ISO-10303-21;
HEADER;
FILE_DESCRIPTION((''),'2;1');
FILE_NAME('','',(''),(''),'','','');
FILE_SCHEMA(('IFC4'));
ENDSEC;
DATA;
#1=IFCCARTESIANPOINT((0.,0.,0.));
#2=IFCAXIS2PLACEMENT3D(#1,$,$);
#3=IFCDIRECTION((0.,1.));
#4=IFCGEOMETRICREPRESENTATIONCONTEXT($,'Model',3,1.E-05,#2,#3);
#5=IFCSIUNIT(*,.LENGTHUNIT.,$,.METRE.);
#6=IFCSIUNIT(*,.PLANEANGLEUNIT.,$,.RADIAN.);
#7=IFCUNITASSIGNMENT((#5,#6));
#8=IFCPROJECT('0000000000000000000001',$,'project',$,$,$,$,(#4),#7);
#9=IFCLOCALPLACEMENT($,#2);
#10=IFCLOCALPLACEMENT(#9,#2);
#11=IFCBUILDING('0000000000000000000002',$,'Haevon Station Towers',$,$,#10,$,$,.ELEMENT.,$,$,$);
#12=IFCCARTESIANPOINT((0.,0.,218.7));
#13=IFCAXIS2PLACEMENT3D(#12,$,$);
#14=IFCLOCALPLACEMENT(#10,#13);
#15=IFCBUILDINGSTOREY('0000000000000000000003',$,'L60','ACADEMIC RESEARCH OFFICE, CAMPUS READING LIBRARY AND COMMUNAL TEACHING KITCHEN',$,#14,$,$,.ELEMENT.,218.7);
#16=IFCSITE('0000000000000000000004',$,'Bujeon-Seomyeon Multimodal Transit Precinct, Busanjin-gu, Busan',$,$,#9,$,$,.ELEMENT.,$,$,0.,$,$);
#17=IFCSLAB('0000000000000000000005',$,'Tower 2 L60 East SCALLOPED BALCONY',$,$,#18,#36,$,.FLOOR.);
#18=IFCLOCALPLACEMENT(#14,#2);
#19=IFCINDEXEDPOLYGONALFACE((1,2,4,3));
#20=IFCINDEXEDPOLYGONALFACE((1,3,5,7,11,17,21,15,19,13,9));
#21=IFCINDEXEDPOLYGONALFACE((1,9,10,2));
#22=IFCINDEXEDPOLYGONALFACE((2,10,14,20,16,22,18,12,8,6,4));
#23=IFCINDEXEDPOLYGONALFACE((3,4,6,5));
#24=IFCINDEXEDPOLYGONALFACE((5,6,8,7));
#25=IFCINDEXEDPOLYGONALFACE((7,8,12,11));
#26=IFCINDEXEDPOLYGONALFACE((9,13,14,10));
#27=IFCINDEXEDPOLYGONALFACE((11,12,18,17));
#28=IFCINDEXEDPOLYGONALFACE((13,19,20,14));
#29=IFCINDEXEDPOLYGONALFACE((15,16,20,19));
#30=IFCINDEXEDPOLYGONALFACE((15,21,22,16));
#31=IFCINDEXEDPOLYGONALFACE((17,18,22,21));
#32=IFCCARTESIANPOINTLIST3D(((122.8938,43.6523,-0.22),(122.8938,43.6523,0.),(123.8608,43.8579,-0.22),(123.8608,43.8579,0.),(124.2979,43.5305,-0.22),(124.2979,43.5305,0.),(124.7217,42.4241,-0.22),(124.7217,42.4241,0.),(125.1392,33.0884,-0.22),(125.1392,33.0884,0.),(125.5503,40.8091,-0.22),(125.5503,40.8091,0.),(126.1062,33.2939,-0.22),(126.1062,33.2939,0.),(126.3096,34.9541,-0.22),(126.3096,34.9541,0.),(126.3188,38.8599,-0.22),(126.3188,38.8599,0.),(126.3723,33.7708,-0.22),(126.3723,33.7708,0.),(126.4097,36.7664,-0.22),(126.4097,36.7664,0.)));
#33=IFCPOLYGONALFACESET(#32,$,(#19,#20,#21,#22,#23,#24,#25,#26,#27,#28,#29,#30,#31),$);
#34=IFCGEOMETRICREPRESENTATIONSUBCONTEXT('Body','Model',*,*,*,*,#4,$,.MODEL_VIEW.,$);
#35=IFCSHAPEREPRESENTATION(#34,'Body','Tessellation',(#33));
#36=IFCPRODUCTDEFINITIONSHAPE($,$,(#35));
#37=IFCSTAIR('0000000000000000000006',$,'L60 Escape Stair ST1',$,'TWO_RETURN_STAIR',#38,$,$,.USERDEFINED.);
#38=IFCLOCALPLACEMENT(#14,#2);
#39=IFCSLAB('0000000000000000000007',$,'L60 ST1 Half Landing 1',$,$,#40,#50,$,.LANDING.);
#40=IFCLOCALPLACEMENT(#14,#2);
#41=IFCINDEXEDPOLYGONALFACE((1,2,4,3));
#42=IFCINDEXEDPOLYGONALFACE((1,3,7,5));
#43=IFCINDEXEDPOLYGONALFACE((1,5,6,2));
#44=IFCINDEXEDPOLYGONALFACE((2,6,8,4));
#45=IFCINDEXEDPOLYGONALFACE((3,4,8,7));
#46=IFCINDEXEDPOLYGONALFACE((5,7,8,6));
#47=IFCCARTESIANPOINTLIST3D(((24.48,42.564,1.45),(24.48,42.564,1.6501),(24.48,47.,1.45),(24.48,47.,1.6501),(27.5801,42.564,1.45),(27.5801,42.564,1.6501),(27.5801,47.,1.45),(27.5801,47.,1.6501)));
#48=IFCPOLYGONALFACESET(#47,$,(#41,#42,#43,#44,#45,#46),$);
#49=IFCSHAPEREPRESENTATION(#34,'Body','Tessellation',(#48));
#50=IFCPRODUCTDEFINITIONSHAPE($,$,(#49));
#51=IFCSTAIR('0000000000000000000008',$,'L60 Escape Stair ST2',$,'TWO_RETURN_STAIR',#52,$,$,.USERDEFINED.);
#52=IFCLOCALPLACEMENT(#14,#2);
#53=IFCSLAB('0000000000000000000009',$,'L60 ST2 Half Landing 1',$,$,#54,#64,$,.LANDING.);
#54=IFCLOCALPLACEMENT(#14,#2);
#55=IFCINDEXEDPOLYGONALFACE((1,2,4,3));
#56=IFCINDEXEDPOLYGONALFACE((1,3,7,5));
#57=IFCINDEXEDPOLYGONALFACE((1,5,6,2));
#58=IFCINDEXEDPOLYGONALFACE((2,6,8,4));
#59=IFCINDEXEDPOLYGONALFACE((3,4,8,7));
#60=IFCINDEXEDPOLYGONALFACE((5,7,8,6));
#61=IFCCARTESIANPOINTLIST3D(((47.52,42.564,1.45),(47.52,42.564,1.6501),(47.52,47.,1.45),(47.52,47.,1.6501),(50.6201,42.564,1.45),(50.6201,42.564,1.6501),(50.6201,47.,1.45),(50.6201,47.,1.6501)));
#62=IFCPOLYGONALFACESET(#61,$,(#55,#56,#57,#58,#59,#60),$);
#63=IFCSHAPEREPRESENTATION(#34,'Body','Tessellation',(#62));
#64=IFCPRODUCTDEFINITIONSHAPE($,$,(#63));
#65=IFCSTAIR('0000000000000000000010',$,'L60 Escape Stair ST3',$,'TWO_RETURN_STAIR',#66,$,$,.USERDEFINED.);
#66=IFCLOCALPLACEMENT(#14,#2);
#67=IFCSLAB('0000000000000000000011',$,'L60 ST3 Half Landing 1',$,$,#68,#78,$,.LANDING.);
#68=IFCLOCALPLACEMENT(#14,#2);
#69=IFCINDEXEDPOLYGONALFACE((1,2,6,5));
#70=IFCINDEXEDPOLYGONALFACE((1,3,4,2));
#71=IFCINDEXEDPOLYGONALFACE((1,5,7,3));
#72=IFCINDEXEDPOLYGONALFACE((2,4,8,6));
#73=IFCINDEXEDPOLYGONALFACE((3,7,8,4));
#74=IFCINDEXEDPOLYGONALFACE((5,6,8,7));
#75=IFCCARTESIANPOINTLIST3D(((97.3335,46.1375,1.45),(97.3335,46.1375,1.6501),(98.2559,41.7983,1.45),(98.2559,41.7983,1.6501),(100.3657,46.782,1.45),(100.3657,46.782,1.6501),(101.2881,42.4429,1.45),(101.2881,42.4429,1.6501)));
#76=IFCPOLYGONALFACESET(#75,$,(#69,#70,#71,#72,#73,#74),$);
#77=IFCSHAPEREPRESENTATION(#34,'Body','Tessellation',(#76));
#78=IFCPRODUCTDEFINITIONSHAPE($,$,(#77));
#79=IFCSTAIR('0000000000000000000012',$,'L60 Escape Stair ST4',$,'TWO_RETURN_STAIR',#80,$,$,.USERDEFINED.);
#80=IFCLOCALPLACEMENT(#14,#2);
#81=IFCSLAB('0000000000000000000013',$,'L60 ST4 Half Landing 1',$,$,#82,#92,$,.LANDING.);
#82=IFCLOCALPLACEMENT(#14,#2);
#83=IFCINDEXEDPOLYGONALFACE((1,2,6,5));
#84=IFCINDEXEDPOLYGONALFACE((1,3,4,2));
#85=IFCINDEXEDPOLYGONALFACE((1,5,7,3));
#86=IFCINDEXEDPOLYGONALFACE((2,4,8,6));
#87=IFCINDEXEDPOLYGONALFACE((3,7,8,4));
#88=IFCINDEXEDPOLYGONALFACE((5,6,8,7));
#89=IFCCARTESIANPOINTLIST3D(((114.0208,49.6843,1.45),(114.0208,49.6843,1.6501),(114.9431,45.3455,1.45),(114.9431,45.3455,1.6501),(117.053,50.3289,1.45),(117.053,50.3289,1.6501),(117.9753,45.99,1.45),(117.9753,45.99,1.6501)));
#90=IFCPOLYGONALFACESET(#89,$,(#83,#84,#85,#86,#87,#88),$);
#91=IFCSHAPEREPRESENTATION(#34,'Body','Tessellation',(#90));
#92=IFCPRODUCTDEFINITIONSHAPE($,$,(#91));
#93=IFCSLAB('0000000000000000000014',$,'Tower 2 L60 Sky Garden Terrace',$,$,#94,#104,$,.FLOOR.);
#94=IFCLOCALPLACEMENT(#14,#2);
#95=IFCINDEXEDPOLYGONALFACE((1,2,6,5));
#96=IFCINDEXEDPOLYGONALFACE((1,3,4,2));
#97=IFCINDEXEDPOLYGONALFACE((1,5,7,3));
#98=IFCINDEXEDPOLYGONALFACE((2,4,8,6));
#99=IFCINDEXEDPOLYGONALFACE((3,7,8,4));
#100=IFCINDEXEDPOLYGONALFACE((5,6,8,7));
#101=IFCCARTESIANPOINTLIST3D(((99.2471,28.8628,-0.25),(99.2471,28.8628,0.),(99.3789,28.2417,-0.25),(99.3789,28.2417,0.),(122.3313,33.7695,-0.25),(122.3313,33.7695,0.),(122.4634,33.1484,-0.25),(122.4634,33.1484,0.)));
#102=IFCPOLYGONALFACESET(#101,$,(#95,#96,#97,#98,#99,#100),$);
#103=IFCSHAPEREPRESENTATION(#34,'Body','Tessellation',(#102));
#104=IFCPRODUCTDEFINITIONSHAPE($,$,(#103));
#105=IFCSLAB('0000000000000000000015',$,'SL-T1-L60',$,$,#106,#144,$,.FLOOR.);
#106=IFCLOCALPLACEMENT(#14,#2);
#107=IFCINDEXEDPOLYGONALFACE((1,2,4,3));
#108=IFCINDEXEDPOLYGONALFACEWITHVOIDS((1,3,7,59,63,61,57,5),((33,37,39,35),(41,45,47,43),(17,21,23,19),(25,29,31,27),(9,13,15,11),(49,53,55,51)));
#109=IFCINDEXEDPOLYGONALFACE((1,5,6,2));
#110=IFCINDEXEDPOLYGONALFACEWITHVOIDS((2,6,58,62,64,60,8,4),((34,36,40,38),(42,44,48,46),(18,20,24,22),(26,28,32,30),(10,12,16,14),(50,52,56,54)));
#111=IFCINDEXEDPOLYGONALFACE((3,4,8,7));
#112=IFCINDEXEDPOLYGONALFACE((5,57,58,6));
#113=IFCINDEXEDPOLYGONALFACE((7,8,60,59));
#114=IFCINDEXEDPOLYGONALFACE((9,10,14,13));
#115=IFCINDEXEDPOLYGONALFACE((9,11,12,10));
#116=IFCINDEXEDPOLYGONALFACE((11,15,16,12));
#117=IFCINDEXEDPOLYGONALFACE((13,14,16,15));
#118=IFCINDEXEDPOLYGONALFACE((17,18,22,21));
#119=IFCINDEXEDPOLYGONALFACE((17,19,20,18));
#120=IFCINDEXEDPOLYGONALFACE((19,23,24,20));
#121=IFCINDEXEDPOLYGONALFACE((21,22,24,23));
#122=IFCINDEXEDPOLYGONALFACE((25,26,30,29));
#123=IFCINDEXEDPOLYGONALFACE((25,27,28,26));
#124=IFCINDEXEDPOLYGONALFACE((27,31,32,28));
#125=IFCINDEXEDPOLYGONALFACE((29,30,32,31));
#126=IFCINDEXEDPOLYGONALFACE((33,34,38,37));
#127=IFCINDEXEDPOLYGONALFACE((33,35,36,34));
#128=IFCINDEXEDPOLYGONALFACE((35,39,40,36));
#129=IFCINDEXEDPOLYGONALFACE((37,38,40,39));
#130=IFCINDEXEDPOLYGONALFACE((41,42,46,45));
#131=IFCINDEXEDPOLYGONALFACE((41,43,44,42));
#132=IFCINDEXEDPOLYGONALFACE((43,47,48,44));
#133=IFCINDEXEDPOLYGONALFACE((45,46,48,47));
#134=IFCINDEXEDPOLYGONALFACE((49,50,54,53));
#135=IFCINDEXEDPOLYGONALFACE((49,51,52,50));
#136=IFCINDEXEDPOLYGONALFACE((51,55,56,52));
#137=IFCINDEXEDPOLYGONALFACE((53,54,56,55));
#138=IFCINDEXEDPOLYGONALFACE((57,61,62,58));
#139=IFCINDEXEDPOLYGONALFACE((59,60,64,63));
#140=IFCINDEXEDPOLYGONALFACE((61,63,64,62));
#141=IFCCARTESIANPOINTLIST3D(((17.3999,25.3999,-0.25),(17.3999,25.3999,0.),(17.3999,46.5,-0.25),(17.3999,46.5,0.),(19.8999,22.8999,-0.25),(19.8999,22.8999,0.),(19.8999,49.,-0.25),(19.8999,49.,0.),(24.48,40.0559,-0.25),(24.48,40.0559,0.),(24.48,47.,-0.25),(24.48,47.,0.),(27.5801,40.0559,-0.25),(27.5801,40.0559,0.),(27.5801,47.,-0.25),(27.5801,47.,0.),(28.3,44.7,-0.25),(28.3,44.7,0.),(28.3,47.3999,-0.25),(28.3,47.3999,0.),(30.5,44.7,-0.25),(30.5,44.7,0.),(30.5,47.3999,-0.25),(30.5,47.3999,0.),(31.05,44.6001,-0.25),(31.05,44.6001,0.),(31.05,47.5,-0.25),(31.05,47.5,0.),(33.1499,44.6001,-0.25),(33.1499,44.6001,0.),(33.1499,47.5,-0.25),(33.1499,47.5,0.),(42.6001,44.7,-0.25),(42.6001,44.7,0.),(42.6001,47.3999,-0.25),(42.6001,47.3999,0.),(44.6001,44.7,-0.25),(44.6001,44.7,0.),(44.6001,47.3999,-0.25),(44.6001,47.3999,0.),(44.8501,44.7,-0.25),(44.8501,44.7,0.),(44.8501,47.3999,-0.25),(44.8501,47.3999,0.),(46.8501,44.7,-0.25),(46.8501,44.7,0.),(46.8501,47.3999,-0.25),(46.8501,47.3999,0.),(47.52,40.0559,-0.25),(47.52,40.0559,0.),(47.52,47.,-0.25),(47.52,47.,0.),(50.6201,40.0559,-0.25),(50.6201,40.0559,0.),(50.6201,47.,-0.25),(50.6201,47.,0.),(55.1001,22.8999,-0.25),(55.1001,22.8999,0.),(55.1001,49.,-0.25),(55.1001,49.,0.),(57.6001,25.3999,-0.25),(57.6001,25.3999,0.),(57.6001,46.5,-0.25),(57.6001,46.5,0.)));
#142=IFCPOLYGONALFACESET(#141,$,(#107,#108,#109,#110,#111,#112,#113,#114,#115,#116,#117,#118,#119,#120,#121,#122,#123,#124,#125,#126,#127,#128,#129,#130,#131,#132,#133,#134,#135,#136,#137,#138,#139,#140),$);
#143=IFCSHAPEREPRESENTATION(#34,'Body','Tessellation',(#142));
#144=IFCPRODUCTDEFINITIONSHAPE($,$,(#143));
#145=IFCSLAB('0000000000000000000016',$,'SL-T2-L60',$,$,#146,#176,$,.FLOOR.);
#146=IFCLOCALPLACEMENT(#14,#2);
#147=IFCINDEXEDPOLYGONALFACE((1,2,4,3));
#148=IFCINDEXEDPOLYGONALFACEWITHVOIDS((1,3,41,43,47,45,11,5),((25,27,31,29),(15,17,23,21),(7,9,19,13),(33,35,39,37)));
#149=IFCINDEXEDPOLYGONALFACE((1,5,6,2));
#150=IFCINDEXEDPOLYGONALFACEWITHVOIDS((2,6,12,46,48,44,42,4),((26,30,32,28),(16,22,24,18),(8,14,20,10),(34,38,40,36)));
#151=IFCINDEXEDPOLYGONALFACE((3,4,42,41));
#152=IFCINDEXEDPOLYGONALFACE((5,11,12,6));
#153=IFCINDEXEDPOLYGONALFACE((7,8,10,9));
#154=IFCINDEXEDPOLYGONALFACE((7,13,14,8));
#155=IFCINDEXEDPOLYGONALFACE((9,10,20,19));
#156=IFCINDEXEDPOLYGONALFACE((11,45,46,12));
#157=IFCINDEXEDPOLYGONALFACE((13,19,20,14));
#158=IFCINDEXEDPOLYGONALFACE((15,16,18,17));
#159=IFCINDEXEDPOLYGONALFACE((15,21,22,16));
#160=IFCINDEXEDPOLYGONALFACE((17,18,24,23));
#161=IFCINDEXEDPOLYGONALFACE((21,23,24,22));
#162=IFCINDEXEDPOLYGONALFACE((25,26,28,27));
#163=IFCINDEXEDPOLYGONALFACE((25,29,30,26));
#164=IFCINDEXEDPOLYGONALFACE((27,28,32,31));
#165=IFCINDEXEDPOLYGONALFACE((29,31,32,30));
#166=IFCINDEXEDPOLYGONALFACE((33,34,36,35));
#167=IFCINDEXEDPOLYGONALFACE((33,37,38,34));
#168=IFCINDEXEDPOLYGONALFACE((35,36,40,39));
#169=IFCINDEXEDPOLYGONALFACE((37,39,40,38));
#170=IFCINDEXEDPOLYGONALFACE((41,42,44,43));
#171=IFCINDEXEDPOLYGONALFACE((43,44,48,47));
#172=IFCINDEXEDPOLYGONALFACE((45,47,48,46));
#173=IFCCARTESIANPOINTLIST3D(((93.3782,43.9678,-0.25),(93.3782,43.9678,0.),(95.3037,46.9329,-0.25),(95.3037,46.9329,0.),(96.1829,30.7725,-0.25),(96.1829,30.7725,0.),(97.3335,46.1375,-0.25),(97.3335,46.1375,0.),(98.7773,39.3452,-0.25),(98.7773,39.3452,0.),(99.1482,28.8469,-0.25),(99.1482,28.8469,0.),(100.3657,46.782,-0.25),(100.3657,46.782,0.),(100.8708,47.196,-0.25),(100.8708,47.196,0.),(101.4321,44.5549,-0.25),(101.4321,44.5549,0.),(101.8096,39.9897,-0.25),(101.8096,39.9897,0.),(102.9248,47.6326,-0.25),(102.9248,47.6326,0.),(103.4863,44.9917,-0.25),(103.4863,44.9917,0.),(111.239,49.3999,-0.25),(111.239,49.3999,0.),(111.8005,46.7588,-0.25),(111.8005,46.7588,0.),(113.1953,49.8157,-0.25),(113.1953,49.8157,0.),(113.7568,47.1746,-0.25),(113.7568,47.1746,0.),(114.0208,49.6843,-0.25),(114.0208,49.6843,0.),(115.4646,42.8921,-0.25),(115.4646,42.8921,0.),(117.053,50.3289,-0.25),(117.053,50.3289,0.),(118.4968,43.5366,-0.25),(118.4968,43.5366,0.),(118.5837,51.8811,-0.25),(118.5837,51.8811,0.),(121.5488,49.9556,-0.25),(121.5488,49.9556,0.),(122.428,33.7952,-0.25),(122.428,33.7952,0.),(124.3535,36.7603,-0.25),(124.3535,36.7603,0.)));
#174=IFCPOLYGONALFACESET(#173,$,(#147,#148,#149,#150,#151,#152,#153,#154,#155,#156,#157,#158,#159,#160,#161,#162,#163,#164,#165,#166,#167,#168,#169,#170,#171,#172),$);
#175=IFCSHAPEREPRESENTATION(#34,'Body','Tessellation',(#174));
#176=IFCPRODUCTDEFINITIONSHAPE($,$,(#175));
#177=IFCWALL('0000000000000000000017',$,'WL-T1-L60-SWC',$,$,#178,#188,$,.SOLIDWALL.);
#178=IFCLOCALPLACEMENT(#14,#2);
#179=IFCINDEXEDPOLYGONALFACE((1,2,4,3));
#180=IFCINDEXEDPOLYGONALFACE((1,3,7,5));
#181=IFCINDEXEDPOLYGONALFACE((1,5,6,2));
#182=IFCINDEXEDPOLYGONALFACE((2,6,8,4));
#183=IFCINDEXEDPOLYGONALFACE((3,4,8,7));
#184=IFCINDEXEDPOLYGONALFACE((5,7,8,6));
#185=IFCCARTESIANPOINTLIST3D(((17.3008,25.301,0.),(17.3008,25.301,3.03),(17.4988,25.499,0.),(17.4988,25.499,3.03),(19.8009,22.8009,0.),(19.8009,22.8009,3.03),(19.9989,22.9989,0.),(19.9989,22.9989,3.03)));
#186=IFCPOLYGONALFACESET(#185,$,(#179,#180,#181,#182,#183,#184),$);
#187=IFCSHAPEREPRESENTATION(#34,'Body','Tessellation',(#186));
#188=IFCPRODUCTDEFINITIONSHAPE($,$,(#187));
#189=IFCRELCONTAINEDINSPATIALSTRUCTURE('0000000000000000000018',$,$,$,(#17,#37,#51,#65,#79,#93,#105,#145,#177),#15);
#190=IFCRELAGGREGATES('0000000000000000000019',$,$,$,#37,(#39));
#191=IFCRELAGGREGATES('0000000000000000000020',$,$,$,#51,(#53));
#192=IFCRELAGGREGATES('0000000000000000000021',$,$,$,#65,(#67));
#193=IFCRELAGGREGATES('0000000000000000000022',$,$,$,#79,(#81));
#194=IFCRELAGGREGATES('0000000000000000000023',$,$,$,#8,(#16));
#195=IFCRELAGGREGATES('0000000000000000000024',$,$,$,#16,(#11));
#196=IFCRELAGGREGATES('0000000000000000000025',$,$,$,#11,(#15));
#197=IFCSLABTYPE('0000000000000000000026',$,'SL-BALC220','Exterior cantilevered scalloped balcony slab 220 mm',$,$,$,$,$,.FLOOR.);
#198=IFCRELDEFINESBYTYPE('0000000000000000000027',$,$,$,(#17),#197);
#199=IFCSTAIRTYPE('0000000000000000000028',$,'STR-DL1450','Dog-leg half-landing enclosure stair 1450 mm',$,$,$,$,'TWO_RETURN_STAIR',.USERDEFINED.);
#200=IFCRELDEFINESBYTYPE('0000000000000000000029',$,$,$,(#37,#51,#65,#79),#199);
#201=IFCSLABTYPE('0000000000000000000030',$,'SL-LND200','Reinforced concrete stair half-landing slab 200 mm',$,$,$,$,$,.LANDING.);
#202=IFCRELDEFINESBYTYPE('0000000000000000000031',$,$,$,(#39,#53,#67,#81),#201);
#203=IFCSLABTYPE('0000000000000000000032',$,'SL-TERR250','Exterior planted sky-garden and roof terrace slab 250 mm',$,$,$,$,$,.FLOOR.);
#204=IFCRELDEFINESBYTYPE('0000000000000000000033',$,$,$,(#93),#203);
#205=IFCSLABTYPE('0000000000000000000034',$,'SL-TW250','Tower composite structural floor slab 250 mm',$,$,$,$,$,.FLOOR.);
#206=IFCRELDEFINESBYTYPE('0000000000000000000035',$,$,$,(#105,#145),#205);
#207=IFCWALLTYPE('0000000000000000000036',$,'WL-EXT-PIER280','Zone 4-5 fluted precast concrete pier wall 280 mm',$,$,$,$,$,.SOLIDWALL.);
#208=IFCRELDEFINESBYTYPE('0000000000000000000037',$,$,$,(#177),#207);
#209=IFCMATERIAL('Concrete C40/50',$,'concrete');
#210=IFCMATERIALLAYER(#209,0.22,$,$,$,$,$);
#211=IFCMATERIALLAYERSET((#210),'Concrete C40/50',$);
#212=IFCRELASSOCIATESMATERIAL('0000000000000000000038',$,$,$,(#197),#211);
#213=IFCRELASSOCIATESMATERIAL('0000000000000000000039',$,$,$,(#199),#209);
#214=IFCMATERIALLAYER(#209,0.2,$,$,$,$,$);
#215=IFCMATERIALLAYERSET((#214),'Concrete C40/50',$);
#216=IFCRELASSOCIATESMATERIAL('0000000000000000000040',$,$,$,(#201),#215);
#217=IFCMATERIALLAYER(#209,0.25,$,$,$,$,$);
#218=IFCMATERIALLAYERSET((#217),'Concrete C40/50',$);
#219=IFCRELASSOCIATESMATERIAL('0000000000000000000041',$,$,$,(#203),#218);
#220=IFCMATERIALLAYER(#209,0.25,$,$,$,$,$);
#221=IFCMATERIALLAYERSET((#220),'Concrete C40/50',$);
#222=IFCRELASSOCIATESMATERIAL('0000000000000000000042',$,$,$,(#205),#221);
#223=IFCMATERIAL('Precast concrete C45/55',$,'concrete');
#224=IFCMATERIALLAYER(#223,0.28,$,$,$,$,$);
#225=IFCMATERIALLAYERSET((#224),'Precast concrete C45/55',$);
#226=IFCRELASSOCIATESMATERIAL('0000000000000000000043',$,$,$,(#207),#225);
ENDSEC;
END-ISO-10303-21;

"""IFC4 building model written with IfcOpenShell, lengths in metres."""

from ifc_helpers import new_model, si_unit, direction, frame, frame_2d, origin, place, context, subcontext, project, spatial, polyline, rectangle, outline, extrude, material, layer, layer_set, type_object, element, aggregate, save


model = new_model("IFC4")

# Units and contexts
model_context = context("Model", 3, precision=1e-05, world=origin(), true_north=direction((0.0, 1.0)))
body_context = subcontext(model_context, "Body", "Model", "MODEL_VIEW")
ifc_project = project(units=[si_unit("LENGTHUNIT", "METRE"), si_unit("PLANEANGLEUNIT", "RADIAN")], contexts=[model_context])

# Site, building, storey
site_placement = place(None, origin())
site = spatial("IfcSite", under=ifc_project, at=site_placement, Name="Bujeon-Seomyeon Multimodal Transit Precinct, Busanjin-gu, Busan", CompositionType="ELEMENT", RefElevation=0.0)
building_placement = place(site_placement, origin())
building = spatial("IfcBuilding", under=site, at=building_placement, Name="Haevon Station Towers", CompositionType="ELEMENT")
storey_placement = place(building_placement, frame((0.0, 0.0, 218.7)))
storey = spatial("IfcBuildingStorey", under=building, at=storey_placement, Name="L60", Description="ACADEMIC RESEARCH OFFICE, CAMPUS READING LIBRARY AND COMMUNAL TEACHING KITCHEN", CompositionType="ELEMENT", Elevation=218.7)

# Slab
ifc_material_1 = material(Name="Concrete C40/50", Category="concrete")
ifc_layer_1 = layer(ifc_material_1, 0.22)
ifc_layer_set_1 = layer_set([ifc_layer_1], Name="Concrete C40/50")
slab_type_1 = type_object("IfcSlabType", Name="SL-BALC220", Description="Exterior cantilevered scalloped balcony slab 220 mm", PredefinedType="FLOOR", material=ifc_layer_set_1)
slab_1_placement = place(storey_placement, frame((0.0, 0.0, -0.22)))
element("IfcSlab", 1, at=slab_1_placement, inside=storey, type_object=slab_type_1, Name="Tower 2 L60 East SCALLOPED BALCONY", PredefinedType="FLOOR", context=body_context, shape_type="SweptSolid", body=[
    extrude(outline(polyline([(125.1392, 33.0884), (126.1062, 33.2939), (126.3723, 33.7708), (126.3096, 34.9541), (126.4097, 36.7664), (126.3188, 38.8599), (125.5503, 40.8091), (124.7217, 42.4241), (124.2979, 43.5305), (123.8608, 43.8579), (122.8938, 43.6523), (125.1392, 33.0884)])), origin(), (0.0, 0.0, 1.0), 0.22),
])

# Stairs, slabs
stair_type = type_object("IfcStairType", Name="STR-DL1450", Description="Dog-leg half-landing enclosure stair 1450 mm", ElementType="TWO_RETURN_STAIR", PredefinedType="USERDEFINED", material=ifc_material_1)
stair_1_placement = place(storey_placement, origin())
stair_1 = element("IfcStair", 2, at=stair_1_placement, inside=storey, type_object=stair_type, Name="L60 Escape Stair ST1", ObjectType="TWO_RETURN_STAIR", PredefinedType="USERDEFINED")
ifc_layer_2 = layer(ifc_material_1, 0.2)
ifc_layer_set_2 = layer_set([ifc_layer_2], Name="Concrete C40/50")
slab_type_2 = type_object("IfcSlabType", Name="SL-LND200", Description="Reinforced concrete stair half-landing slab 200 mm", PredefinedType="LANDING", material=ifc_layer_set_2)
slab_2_placement = place(storey_placement, frame((0.0, 0.0, 1.45)))
slab_2 = element("IfcSlab", 3, at=slab_2_placement, type_object=slab_type_2, Name="L60 ST1 Half Landing 1", PredefinedType="LANDING", context=body_context, shape_type="SweptSolid", body=[
    extrude(outline(polyline([(27.5801, 42.564), (27.5801, 47.0), (24.48, 47.0), (24.48, 42.564), (27.5801, 42.564)])), origin(), (0.0, 0.0, 1.0), 0.2002),
])
aggregate(stair_1, [slab_2])
stair_2_placement = place(storey_placement, origin())
stair_2 = element("IfcStair", 4, at=stair_2_placement, inside=storey, type_object=stair_type, Name="L60 Escape Stair ST2", ObjectType="TWO_RETURN_STAIR", PredefinedType="USERDEFINED")
slab_3_placement = place(storey_placement, frame((0.0, 0.0, 1.45)))
slab_3 = element("IfcSlab", 5, at=slab_3_placement, type_object=slab_type_2, Name="L60 ST2 Half Landing 1", PredefinedType="LANDING", context=body_context, shape_type="SweptSolid", body=[
    extrude(outline(polyline([(50.6201, 42.564), (50.6201, 47.0), (47.52, 47.0), (47.52, 42.564), (50.6201, 42.564)])), origin(), (0.0, 0.0, 1.0), 0.2002),
])
aggregate(stair_2, [slab_3])
stair_3_placement = place(storey_placement, origin())
stair_3 = element("IfcStair", 6, at=stair_3_placement, inside=storey, type_object=stair_type, Name="L60 Escape Stair ST3", ObjectType="TWO_RETURN_STAIR", PredefinedType="USERDEFINED")
slab_4_placement = place(storey_placement, frame((0.0, 0.0, 1.45)))
slab_4 = element("IfcSlab", 7, at=slab_4_placement, type_object=slab_type_2, Name="L60 ST3 Half Landing 1", PredefinedType="LANDING", context=body_context, shape_type="SweptSolid", body=[
    extrude(outline(polyline([(101.2881, 42.4429), (100.3657, 46.782), (97.3335, 46.1375), (98.2559, 41.7983), (101.2881, 42.4429)])), origin(), (0.0, 0.0, 1.0), 0.2002),
])
aggregate(stair_3, [slab_4])
stair_4_placement = place(storey_placement, origin())
stair_4 = element("IfcStair", 8, at=stair_4_placement, inside=storey, type_object=stair_type, Name="L60 Escape Stair ST4", ObjectType="TWO_RETURN_STAIR", PredefinedType="USERDEFINED")
slab_5_placement = place(storey_placement, frame((0.0, 0.0, 1.45)))
slab_5 = element("IfcSlab", 9, at=slab_5_placement, type_object=slab_type_2, Name="L60 ST4 Half Landing 1", PredefinedType="LANDING", context=body_context, shape_type="SweptSolid", body=[
    extrude(outline(polyline([(117.9753, 45.99), (117.053, 50.3289), (114.0208, 49.6843), (114.9431, 45.3455), (117.9753, 45.99)])), origin(), (0.0, 0.0, 1.0), 0.2002),
])
aggregate(stair_4, [slab_5])

# Slabs
ifc_layer_3 = layer(ifc_material_1, 0.25)
ifc_layer_set_3 = layer_set([ifc_layer_3], Name="Concrete C40/50")
slab_type_3 = type_object("IfcSlabType", Name="SL-TERR250", Description="Exterior planted sky-garden and roof terrace slab 250 mm", PredefinedType="FLOOR", material=ifc_layer_set_3)
slab_6_placement = place(storey_placement, frame((0.0, 0.0, -0.25)))
element("IfcSlab", 10, at=slab_6_placement, inside=storey, type_object=slab_type_3, Name="Tower 2 L60 Sky Garden Terrace", PredefinedType="FLOOR", context=body_context, shape_type="SweptSolid", body=[
    extrude(outline(polyline([(99.3789, 28.2417), (122.4634, 33.1484), (122.3313, 33.7695), (99.2471, 28.8628), (99.3789, 28.2417)])), origin(), (0.0, 0.0, 1.0), 0.25),
])
ifc_layer_4 = layer(ifc_material_1, 0.25)
ifc_layer_set_4 = layer_set([ifc_layer_4], Name="Concrete C40/50")
slab_type_4 = type_object("IfcSlabType", Name="SL-TW250", Description="Tower composite structural floor slab 250 mm", PredefinedType="FLOOR", material=ifc_layer_set_4)
slab_7_placement = place(storey_placement, frame((0.0, 0.0, -0.25)))
element("IfcSlab", 11, at=slab_7_placement, inside=storey, type_object=slab_type_4, Name="SL-T1-L60", PredefinedType="FLOOR", context=body_context, shape_type="SweptSolid", body=[
    extrude(outline(polyline([(19.8999, 22.8999), (55.1001, 22.8999), (57.6001, 25.3999), (57.6001, 46.5), (55.1001, 49.0), (19.8999, 49.0), (17.3999, 46.5), (17.3999, 25.3999), (19.8999, 22.8999)]), holes=[polyline([(27.5801, 40.0559), (27.5801, 47.0), (24.48, 47.0), (24.48, 40.0559), (27.5801, 40.0559)]), polyline([(50.6201, 40.0559), (50.6201, 47.0), (47.52, 47.0), (47.52, 40.0559), (50.6201, 40.0559)]), polyline([(28.3, 44.7), (30.5, 44.7), (30.5, 47.3999), (28.3, 47.3999), (28.3, 44.7)]), polyline([(31.05, 44.6001), (33.1499, 44.6001), (33.1499, 47.5), (31.05, 47.5), (31.05, 44.6001)]), polyline([(42.6001, 44.7), (44.6001, 44.7), (44.6001, 47.3999), (42.6001, 47.3999), (42.6001, 44.7)]), polyline([(44.8501, 44.7), (46.8501, 44.7), (46.8501, 47.3999), (44.8501, 47.3999), (44.8501, 44.7)])]), origin(), (0.0, 0.0, 1.0), 0.25),
])
slab_8_placement = place(storey_placement, frame((0.0, 0.0, -0.25)))
element("IfcSlab", 12, at=slab_8_placement, inside=storey, type_object=slab_type_4, Name="SL-T2-L60", PredefinedType="FLOOR", context=body_context, shape_type="SweptSolid", body=[
    extrude(outline(polyline([(99.1482, 28.8469), (122.428, 33.7952), (124.3535, 36.7603), (121.5488, 49.9556), (118.5837, 51.8811), (95.3037, 46.9329), (93.3782, 43.9678), (96.1829, 30.7725), (99.1482, 28.8469)]), holes=[polyline([(101.8096, 39.9897), (100.3657, 46.782), (97.3335, 46.1375), (98.7773, 39.3452), (101.8096, 39.9897)]), polyline([(118.4968, 43.5366), (117.053, 50.3289), (114.0208, 49.6843), (115.4646, 42.8921), (118.4968, 43.5366)]), polyline([(101.4321, 44.5549), (103.4863, 44.9917), (102.9248, 47.6326), (100.8708, 47.196), (101.4321, 44.5549)]), polyline([(111.8005, 46.7588), (113.7568, 47.1746), (113.1953, 49.8157), (111.239, 49.3999), (111.8005, 46.7588)])]), origin(), (0.0, 0.0, 1.0), 0.25),
])

# Wall
ifc_material_2 = material(Name="Precast concrete C45/55", Category="concrete")
ifc_layer_5 = layer(ifc_material_2, 0.28)
ifc_layer_set_5 = layer_set([ifc_layer_5], Name="Precast concrete C45/55")
wall_type_1 = type_object("IfcWallType", Name="WL-EXT-PIER280", Description="Zone 4-5 fluted precast concrete pier wall 280 mm", PredefinedType="SOLIDWALL", material=ifc_layer_set_5)
wall_1_placement = place(storey_placement, frame((19.8999, 22.8999, 0.0), z_axis=(0.0, 0.0, 1.0), x_axis=(-0.707107, 0.707107, 0.0)))
element("IfcWall", 13, at=wall_1_placement, inside=storey, type_object=wall_type_1, Name="WL-T1-L60-SWC", PredefinedType="SOLIDWALL", context=body_context, shape_type="SweptSolid", body=[
    extrude(rectangle(XDim=3.5356, YDim=0.28, at=frame_2d((1.7678, 0.0))), origin(), (0.0, 0.0, 1.0), 3.03),
])

save(model, "model.ifc")
